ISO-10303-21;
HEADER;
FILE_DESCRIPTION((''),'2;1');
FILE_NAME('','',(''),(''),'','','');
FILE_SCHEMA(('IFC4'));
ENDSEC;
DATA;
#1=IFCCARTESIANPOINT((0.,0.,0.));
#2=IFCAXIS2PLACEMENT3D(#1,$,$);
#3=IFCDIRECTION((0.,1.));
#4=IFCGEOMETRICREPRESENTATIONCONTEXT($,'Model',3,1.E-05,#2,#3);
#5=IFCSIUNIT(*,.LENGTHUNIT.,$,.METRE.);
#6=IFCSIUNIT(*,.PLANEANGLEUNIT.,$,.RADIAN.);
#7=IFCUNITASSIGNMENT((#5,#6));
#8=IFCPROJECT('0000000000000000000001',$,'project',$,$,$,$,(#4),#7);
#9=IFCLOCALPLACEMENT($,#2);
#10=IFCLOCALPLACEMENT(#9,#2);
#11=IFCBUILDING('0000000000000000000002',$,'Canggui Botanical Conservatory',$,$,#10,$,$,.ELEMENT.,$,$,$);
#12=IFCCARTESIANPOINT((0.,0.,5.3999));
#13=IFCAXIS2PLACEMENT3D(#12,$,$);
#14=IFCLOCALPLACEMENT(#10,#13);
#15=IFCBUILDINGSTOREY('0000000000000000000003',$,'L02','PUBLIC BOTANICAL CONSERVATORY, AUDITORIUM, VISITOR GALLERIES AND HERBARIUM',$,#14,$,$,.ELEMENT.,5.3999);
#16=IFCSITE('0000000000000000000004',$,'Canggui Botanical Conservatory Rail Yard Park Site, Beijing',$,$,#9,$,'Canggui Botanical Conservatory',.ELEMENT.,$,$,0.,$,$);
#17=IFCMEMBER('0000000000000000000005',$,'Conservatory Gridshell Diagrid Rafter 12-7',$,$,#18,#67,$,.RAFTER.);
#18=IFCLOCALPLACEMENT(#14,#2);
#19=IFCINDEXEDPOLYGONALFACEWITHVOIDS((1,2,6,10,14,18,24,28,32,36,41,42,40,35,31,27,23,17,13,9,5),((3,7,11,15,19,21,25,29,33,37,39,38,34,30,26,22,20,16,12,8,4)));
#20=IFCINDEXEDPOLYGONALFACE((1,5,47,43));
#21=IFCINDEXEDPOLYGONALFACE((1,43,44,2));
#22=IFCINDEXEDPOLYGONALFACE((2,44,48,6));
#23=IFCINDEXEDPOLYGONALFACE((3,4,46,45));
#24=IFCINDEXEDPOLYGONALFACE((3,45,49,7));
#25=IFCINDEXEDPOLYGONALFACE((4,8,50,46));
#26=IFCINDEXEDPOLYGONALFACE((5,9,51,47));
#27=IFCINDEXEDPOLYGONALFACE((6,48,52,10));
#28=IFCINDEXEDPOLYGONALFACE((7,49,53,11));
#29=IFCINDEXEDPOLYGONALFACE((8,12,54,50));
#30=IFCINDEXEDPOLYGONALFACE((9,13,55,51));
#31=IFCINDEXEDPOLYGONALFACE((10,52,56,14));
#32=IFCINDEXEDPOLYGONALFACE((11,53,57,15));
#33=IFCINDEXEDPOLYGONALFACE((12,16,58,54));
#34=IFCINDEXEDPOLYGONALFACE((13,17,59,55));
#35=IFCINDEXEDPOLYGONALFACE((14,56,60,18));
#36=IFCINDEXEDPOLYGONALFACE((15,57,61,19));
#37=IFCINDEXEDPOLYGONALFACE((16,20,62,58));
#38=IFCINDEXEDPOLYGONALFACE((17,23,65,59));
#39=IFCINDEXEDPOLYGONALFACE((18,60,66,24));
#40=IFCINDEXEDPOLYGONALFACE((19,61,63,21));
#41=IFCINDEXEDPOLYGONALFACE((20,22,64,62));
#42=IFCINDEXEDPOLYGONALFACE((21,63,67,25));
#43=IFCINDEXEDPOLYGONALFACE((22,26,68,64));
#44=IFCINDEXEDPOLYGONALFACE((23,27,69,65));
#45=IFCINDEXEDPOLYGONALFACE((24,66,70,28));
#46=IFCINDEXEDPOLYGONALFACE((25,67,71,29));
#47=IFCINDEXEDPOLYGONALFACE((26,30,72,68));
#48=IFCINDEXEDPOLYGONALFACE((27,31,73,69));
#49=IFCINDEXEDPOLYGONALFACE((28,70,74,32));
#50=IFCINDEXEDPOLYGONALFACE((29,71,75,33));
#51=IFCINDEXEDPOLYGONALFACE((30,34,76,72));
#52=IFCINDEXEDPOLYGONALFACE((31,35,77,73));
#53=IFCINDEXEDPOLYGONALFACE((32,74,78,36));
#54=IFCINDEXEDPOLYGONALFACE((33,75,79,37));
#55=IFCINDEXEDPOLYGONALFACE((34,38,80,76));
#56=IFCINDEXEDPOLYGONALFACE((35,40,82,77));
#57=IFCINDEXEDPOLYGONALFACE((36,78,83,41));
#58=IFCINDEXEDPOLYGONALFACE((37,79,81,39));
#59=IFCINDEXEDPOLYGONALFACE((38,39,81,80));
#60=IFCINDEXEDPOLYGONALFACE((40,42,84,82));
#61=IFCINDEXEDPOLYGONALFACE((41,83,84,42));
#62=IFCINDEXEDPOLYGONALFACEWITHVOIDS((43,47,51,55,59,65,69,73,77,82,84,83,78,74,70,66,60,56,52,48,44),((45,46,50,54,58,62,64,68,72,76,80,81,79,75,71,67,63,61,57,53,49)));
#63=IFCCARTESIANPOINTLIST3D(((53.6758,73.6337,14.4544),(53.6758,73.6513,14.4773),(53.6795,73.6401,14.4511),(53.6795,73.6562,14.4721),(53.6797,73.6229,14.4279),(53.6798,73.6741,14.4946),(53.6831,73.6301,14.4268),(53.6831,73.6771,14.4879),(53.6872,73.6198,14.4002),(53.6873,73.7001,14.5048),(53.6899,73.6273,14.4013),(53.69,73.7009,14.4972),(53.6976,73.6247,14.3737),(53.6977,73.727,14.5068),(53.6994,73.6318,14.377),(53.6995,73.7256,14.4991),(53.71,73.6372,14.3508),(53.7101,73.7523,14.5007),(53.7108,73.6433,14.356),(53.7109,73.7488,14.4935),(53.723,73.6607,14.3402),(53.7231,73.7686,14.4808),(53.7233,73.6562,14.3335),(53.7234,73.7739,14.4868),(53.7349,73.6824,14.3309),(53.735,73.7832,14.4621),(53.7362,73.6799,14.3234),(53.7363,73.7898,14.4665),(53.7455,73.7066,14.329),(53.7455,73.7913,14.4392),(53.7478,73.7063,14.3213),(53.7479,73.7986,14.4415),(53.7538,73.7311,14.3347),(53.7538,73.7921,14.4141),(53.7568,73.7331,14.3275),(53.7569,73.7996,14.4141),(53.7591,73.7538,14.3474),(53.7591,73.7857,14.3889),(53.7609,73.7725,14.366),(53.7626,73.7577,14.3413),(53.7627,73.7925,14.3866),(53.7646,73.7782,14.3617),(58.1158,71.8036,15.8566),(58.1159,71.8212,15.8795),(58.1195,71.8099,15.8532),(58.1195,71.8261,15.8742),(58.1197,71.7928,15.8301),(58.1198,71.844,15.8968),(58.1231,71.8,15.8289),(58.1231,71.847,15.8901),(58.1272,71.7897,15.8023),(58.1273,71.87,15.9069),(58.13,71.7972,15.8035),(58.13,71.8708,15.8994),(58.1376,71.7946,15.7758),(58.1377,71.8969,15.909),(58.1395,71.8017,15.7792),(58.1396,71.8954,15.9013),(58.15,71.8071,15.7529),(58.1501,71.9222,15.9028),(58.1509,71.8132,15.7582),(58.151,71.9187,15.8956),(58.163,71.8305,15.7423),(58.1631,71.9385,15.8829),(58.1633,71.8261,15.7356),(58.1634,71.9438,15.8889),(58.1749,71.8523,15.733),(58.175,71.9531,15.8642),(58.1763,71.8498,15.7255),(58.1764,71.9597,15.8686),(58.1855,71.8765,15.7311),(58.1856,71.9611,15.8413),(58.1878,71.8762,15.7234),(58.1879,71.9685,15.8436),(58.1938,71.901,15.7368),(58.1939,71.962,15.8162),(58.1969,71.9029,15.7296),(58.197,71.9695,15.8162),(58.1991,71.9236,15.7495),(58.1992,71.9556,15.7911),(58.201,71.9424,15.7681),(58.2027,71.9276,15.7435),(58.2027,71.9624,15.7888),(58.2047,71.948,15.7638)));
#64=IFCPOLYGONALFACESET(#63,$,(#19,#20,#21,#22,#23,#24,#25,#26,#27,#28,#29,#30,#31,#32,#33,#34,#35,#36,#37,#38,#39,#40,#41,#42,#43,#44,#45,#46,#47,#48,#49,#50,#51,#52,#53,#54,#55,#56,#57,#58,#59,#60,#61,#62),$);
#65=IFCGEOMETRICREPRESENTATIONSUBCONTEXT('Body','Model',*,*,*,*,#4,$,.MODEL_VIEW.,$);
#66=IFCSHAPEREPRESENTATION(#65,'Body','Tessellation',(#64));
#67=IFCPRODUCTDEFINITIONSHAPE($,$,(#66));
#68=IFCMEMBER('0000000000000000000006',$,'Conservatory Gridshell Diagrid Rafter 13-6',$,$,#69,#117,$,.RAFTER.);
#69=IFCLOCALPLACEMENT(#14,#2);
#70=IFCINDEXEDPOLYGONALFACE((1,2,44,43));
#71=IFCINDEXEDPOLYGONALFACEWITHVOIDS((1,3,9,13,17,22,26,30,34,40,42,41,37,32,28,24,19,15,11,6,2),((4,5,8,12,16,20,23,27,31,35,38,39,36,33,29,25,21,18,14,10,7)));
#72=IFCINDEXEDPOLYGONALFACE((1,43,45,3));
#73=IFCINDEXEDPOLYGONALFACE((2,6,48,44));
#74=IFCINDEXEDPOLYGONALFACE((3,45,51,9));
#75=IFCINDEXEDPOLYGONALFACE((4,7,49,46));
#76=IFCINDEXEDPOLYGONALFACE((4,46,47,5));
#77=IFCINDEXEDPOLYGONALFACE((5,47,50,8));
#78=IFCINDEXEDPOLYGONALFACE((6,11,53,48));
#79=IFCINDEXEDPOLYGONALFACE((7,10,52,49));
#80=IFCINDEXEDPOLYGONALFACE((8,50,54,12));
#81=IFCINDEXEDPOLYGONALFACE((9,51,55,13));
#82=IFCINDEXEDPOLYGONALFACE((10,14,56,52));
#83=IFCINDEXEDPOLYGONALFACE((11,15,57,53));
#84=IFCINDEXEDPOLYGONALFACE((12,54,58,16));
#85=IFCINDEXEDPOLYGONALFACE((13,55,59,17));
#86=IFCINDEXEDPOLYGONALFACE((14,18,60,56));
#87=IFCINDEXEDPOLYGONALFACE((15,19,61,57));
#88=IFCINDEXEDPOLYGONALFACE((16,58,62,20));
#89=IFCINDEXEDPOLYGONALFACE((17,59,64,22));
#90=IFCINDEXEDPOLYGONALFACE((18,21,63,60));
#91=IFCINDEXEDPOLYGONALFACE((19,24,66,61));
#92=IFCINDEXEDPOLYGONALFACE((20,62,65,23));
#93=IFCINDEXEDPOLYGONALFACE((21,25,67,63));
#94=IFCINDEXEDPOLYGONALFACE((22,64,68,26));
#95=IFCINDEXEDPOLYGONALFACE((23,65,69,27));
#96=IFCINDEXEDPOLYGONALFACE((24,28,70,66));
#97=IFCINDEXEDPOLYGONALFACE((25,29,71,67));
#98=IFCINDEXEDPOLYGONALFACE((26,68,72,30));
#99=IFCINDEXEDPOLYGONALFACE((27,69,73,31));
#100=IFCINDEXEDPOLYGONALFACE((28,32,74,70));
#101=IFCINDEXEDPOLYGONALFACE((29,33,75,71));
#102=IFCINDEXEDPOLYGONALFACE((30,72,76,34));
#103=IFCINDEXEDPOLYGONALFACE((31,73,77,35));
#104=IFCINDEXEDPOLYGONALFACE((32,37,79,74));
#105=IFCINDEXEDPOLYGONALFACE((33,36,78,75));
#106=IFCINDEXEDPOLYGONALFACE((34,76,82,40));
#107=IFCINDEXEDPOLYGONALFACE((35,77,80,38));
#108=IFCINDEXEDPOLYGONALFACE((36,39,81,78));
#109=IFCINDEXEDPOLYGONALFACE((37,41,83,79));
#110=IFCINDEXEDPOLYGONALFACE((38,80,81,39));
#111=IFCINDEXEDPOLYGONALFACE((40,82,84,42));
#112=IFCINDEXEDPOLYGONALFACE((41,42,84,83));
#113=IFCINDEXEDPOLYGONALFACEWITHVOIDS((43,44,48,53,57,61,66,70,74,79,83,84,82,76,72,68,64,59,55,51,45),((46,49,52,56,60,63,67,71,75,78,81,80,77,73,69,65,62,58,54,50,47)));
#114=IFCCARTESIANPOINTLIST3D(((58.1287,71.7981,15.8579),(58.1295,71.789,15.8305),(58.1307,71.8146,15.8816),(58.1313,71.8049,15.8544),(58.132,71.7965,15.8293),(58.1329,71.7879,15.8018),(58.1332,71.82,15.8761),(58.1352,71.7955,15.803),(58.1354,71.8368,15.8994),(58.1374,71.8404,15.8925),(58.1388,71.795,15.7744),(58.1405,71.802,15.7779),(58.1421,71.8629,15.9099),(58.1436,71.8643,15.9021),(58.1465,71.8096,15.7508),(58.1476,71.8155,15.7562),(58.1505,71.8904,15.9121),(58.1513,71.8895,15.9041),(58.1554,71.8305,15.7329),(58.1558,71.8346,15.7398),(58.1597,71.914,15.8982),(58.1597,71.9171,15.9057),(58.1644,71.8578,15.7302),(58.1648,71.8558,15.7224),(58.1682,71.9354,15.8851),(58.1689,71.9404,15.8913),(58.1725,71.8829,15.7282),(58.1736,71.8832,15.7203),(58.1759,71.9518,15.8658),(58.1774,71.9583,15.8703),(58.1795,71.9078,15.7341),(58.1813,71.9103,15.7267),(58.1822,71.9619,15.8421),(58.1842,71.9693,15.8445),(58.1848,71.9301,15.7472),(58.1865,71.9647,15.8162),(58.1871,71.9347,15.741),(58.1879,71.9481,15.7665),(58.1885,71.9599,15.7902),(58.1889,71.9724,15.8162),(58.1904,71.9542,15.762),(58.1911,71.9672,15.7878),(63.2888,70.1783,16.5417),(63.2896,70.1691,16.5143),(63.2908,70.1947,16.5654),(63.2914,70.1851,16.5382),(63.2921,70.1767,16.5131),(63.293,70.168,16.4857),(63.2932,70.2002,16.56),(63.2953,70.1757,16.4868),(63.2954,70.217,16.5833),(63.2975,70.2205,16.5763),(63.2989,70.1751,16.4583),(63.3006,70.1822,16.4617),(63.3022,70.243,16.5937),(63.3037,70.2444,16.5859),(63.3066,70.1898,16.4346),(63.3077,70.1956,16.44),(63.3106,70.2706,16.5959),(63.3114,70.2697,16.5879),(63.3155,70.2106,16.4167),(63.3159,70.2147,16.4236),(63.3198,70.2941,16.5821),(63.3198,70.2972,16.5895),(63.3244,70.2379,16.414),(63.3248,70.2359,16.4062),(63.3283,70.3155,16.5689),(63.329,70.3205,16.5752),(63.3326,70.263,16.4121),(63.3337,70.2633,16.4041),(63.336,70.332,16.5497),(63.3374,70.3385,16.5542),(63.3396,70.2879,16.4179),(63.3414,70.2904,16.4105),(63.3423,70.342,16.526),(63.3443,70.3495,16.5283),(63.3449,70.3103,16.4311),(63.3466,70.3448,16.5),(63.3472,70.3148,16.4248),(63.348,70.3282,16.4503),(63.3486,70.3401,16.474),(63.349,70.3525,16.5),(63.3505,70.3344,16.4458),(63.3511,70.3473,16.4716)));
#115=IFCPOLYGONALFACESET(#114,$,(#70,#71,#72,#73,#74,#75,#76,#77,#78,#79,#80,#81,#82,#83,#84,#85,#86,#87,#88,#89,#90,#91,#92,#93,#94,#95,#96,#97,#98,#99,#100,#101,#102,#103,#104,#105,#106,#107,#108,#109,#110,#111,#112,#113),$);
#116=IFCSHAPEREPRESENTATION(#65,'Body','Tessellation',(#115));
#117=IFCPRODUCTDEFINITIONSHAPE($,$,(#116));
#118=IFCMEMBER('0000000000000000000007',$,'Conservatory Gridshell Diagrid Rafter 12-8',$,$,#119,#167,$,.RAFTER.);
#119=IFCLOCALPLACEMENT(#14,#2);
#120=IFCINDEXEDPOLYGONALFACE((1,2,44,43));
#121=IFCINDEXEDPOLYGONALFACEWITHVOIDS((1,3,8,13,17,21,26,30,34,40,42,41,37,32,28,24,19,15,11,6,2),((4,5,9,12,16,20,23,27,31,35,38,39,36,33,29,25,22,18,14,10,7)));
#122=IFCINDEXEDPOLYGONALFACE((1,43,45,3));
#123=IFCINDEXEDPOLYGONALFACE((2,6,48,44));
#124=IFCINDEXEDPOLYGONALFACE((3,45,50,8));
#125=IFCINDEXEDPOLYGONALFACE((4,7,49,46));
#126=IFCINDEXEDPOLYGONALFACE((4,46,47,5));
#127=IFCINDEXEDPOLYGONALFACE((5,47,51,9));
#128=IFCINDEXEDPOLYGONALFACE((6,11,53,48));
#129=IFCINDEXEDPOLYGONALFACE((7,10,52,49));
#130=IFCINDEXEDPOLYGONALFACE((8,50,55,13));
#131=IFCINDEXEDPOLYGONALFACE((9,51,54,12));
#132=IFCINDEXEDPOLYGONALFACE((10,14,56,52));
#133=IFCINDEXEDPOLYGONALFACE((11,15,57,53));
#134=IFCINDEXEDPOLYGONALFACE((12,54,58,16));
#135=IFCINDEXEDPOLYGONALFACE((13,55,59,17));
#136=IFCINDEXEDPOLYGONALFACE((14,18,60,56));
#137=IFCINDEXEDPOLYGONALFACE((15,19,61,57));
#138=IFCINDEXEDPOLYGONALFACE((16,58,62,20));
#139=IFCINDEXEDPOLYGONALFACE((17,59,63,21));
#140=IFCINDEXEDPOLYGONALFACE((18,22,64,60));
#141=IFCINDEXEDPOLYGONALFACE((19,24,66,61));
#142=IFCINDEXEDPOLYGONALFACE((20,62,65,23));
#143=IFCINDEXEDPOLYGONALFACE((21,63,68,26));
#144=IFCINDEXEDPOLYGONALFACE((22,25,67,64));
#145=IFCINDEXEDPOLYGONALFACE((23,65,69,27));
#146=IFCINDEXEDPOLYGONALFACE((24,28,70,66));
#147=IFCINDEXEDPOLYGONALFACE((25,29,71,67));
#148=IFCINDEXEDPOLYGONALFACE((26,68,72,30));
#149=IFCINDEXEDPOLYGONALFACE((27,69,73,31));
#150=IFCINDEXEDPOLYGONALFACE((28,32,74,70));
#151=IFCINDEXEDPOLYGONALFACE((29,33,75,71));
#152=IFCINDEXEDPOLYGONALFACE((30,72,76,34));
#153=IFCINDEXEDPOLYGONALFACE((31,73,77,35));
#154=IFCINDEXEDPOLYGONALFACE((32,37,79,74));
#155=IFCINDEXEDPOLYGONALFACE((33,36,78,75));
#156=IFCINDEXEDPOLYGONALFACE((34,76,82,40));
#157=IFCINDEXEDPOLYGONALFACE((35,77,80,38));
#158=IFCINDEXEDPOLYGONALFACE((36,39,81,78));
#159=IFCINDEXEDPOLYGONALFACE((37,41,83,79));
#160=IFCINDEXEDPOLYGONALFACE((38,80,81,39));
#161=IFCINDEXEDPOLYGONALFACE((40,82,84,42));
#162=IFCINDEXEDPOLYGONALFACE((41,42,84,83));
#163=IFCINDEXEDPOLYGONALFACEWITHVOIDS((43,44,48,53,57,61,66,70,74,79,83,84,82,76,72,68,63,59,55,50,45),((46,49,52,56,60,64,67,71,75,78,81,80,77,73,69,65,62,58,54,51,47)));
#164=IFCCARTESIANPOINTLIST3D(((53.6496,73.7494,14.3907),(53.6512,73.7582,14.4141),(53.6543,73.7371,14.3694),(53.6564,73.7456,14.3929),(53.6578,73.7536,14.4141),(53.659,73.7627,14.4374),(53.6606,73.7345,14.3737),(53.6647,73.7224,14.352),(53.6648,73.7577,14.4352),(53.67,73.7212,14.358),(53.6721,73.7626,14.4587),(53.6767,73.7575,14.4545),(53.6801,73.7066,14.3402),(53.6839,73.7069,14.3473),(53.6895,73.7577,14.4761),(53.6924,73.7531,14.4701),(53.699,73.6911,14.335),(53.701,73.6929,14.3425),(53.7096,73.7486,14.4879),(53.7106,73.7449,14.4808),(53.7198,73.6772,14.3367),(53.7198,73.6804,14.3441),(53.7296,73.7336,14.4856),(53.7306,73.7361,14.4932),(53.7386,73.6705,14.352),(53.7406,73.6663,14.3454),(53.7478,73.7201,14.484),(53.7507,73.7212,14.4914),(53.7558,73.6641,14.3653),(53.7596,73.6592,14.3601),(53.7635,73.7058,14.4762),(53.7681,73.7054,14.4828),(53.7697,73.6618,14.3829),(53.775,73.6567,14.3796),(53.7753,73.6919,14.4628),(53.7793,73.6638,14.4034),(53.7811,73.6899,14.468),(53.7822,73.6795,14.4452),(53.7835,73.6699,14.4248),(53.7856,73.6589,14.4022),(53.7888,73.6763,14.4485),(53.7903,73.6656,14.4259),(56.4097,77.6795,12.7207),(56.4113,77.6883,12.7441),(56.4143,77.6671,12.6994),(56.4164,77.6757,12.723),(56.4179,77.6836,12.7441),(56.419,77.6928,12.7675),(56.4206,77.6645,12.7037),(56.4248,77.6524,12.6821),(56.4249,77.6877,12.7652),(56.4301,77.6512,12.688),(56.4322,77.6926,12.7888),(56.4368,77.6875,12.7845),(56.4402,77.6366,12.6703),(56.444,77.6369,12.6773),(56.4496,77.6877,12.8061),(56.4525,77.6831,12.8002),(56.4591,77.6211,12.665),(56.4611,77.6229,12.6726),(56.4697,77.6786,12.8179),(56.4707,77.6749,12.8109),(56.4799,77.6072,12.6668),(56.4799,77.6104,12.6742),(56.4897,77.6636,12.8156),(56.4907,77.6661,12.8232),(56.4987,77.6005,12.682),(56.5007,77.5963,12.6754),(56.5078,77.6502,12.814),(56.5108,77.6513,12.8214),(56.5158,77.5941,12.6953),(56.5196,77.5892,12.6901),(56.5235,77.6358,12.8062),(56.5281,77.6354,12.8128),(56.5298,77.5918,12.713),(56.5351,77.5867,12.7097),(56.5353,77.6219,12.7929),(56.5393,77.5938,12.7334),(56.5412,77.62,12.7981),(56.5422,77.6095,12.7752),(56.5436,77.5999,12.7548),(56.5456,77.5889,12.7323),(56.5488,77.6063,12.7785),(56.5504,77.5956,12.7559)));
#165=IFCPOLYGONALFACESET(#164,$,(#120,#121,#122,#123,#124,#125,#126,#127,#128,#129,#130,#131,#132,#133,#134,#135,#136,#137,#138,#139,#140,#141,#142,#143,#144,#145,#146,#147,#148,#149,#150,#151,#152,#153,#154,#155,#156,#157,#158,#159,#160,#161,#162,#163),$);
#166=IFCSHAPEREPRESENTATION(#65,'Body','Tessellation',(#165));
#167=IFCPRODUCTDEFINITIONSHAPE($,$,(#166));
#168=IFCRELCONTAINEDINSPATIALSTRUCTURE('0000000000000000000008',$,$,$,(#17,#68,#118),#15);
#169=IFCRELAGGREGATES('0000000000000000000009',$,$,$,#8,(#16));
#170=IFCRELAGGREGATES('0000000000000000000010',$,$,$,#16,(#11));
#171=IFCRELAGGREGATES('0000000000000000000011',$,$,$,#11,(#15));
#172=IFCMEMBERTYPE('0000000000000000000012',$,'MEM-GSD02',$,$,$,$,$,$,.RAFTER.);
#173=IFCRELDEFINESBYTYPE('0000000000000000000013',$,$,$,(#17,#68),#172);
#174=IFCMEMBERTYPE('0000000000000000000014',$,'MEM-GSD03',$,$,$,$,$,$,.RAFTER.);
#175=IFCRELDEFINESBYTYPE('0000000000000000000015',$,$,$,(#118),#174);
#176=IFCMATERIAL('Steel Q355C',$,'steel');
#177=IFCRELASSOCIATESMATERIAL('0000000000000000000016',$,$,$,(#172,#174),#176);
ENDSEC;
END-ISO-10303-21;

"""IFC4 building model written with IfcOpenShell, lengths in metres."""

from ifc_helpers import new_model, si_unit, direction, frame, origin, origin_2d, place, context, subcontext, project, spatial, hollow_circle, extrude, material, material_profile, profile_set, type_object, element, save


model = new_model("IFC4")

# Units and contexts
model_context = context("Model", 3, precision=1e-05, world=origin(), true_north=direction((0.0, 1.0)))
body_context = subcontext(model_context, "Body", "Model", "MODEL_VIEW")
ifc_project = project(units=[si_unit("LENGTHUNIT", "METRE"), si_unit("PLANEANGLEUNIT", "RADIAN")], contexts=[model_context])

# Site, building, storey
site_placement = place(None, origin())
site = spatial("IfcSite", under=ifc_project, at=site_placement, Name="Canggui Botanical Conservatory Rail Yard Park Site, Beijing", LongName="Canggui Botanical Conservatory", CompositionType="ELEMENT", RefElevation=0.0)
building_placement = place(site_placement, origin())
building = spatial("IfcBuilding", under=site, at=building_placement, Name="Canggui Botanical Conservatory", CompositionType="ELEMENT")
storey_placement = place(building_placement, frame((0.0, 0.0, 5.3999)))
storey = spatial("IfcBuildingStorey", under=building, at=storey_placement, Name="L02", Description="PUBLIC BOTANICAL CONSERVATORY, AUDITORIUM, VISITOR GALLERIES AND HERBARIUM", CompositionType="ELEMENT", Elevation=5.3999)

# Shared definitions
ifc_material_1 = material(Name="Steel Q355C", Category="steel")

# Members
ifc_material_profile_1 = material_profile(ifc_material_1, hollow_circle(Radius=0.0969, WallThickness=0.0081, at=origin_2d()), Name="CHS 194x8")
ifc_profile_set_1 = profile_set([ifc_material_profile_1], Name="Steel Q355C")
member_type_1 = type_object("IfcMemberType", Name="MEM-GSD02", PredefinedType="RAFTER", material=ifc_profile_set_1)
member_1_placement = place(storey_placement, frame((53.72, 73.71, 14.4141), z_axis=(0.887489, -0.36581, 0.280262), x_axis=(0.381082, 0.924541, 0.0)))
element("IfcMember", 1, at=member_1_placement, inside=storey, type_object=member_type_1, Name="Conservatory Gridshell Diagrid Rafter 12-7", PredefinedType="RAFTER", context=body_context, shape_type="SweptSolid", body=[
    extrude(hollow_circle(Radius=0.0969, WallThickness=0.0081, at=origin_2d()), origin(), (0.0, 0.0, 1.0), 5.0029),
])
member_2_placement = place(storey_placement, frame((58.1599, 71.8799, 15.8162), z_axis=(0.946557, -0.297143, 0.12544), x_axis=(0.299508, 0.954094, 0.0)))
element("IfcMember", 2, at=member_2_placement, inside=storey, type_object=member_type_1, Name="Conservatory Gridshell Diagrid Rafter 13-6", PredefinedType="RAFTER", context=body_context, shape_type="SweptSolid", body=[
    extrude(hollow_circle(Radius=0.0969, WallThickness=0.0081, at=origin_2d()), origin(), (0.0, 0.0, 1.0), 5.4514),
])
ifc_material_profile_2 = material_profile(ifc_material_1, hollow_circle(Radius=0.084, WallThickness=0.0081, at=origin_2d()), Name="CHS 168x8")
ifc_profile_set_2 = profile_set([ifc_material_profile_2], Name="Steel Q355C")
member_type_2 = type_object("IfcMemberType", Name="MEM-GSD03", PredefinedType="RAFTER", material=ifc_profile_set_2)
member_3_placement = place(storey_placement, frame((53.72, 73.71, 14.4141), z_axis=(0.542844, 0.772946, -0.328443), x_axis=(-0.818345, 0.574728, 0.0)))
element("IfcMember", 3, at=member_3_placement, inside=storey, type_object=member_type_2, Name="Conservatory Gridshell Diagrid Rafter 12-8", PredefinedType="RAFTER", context=body_context, shape_type="SweptSolid", body=[
    extrude(hollow_circle(Radius=0.084, WallThickness=0.0081, at=origin_2d()), origin(), (0.0, 0.0, 1.0), 5.0845),
])

save(model, "model.ifc")
